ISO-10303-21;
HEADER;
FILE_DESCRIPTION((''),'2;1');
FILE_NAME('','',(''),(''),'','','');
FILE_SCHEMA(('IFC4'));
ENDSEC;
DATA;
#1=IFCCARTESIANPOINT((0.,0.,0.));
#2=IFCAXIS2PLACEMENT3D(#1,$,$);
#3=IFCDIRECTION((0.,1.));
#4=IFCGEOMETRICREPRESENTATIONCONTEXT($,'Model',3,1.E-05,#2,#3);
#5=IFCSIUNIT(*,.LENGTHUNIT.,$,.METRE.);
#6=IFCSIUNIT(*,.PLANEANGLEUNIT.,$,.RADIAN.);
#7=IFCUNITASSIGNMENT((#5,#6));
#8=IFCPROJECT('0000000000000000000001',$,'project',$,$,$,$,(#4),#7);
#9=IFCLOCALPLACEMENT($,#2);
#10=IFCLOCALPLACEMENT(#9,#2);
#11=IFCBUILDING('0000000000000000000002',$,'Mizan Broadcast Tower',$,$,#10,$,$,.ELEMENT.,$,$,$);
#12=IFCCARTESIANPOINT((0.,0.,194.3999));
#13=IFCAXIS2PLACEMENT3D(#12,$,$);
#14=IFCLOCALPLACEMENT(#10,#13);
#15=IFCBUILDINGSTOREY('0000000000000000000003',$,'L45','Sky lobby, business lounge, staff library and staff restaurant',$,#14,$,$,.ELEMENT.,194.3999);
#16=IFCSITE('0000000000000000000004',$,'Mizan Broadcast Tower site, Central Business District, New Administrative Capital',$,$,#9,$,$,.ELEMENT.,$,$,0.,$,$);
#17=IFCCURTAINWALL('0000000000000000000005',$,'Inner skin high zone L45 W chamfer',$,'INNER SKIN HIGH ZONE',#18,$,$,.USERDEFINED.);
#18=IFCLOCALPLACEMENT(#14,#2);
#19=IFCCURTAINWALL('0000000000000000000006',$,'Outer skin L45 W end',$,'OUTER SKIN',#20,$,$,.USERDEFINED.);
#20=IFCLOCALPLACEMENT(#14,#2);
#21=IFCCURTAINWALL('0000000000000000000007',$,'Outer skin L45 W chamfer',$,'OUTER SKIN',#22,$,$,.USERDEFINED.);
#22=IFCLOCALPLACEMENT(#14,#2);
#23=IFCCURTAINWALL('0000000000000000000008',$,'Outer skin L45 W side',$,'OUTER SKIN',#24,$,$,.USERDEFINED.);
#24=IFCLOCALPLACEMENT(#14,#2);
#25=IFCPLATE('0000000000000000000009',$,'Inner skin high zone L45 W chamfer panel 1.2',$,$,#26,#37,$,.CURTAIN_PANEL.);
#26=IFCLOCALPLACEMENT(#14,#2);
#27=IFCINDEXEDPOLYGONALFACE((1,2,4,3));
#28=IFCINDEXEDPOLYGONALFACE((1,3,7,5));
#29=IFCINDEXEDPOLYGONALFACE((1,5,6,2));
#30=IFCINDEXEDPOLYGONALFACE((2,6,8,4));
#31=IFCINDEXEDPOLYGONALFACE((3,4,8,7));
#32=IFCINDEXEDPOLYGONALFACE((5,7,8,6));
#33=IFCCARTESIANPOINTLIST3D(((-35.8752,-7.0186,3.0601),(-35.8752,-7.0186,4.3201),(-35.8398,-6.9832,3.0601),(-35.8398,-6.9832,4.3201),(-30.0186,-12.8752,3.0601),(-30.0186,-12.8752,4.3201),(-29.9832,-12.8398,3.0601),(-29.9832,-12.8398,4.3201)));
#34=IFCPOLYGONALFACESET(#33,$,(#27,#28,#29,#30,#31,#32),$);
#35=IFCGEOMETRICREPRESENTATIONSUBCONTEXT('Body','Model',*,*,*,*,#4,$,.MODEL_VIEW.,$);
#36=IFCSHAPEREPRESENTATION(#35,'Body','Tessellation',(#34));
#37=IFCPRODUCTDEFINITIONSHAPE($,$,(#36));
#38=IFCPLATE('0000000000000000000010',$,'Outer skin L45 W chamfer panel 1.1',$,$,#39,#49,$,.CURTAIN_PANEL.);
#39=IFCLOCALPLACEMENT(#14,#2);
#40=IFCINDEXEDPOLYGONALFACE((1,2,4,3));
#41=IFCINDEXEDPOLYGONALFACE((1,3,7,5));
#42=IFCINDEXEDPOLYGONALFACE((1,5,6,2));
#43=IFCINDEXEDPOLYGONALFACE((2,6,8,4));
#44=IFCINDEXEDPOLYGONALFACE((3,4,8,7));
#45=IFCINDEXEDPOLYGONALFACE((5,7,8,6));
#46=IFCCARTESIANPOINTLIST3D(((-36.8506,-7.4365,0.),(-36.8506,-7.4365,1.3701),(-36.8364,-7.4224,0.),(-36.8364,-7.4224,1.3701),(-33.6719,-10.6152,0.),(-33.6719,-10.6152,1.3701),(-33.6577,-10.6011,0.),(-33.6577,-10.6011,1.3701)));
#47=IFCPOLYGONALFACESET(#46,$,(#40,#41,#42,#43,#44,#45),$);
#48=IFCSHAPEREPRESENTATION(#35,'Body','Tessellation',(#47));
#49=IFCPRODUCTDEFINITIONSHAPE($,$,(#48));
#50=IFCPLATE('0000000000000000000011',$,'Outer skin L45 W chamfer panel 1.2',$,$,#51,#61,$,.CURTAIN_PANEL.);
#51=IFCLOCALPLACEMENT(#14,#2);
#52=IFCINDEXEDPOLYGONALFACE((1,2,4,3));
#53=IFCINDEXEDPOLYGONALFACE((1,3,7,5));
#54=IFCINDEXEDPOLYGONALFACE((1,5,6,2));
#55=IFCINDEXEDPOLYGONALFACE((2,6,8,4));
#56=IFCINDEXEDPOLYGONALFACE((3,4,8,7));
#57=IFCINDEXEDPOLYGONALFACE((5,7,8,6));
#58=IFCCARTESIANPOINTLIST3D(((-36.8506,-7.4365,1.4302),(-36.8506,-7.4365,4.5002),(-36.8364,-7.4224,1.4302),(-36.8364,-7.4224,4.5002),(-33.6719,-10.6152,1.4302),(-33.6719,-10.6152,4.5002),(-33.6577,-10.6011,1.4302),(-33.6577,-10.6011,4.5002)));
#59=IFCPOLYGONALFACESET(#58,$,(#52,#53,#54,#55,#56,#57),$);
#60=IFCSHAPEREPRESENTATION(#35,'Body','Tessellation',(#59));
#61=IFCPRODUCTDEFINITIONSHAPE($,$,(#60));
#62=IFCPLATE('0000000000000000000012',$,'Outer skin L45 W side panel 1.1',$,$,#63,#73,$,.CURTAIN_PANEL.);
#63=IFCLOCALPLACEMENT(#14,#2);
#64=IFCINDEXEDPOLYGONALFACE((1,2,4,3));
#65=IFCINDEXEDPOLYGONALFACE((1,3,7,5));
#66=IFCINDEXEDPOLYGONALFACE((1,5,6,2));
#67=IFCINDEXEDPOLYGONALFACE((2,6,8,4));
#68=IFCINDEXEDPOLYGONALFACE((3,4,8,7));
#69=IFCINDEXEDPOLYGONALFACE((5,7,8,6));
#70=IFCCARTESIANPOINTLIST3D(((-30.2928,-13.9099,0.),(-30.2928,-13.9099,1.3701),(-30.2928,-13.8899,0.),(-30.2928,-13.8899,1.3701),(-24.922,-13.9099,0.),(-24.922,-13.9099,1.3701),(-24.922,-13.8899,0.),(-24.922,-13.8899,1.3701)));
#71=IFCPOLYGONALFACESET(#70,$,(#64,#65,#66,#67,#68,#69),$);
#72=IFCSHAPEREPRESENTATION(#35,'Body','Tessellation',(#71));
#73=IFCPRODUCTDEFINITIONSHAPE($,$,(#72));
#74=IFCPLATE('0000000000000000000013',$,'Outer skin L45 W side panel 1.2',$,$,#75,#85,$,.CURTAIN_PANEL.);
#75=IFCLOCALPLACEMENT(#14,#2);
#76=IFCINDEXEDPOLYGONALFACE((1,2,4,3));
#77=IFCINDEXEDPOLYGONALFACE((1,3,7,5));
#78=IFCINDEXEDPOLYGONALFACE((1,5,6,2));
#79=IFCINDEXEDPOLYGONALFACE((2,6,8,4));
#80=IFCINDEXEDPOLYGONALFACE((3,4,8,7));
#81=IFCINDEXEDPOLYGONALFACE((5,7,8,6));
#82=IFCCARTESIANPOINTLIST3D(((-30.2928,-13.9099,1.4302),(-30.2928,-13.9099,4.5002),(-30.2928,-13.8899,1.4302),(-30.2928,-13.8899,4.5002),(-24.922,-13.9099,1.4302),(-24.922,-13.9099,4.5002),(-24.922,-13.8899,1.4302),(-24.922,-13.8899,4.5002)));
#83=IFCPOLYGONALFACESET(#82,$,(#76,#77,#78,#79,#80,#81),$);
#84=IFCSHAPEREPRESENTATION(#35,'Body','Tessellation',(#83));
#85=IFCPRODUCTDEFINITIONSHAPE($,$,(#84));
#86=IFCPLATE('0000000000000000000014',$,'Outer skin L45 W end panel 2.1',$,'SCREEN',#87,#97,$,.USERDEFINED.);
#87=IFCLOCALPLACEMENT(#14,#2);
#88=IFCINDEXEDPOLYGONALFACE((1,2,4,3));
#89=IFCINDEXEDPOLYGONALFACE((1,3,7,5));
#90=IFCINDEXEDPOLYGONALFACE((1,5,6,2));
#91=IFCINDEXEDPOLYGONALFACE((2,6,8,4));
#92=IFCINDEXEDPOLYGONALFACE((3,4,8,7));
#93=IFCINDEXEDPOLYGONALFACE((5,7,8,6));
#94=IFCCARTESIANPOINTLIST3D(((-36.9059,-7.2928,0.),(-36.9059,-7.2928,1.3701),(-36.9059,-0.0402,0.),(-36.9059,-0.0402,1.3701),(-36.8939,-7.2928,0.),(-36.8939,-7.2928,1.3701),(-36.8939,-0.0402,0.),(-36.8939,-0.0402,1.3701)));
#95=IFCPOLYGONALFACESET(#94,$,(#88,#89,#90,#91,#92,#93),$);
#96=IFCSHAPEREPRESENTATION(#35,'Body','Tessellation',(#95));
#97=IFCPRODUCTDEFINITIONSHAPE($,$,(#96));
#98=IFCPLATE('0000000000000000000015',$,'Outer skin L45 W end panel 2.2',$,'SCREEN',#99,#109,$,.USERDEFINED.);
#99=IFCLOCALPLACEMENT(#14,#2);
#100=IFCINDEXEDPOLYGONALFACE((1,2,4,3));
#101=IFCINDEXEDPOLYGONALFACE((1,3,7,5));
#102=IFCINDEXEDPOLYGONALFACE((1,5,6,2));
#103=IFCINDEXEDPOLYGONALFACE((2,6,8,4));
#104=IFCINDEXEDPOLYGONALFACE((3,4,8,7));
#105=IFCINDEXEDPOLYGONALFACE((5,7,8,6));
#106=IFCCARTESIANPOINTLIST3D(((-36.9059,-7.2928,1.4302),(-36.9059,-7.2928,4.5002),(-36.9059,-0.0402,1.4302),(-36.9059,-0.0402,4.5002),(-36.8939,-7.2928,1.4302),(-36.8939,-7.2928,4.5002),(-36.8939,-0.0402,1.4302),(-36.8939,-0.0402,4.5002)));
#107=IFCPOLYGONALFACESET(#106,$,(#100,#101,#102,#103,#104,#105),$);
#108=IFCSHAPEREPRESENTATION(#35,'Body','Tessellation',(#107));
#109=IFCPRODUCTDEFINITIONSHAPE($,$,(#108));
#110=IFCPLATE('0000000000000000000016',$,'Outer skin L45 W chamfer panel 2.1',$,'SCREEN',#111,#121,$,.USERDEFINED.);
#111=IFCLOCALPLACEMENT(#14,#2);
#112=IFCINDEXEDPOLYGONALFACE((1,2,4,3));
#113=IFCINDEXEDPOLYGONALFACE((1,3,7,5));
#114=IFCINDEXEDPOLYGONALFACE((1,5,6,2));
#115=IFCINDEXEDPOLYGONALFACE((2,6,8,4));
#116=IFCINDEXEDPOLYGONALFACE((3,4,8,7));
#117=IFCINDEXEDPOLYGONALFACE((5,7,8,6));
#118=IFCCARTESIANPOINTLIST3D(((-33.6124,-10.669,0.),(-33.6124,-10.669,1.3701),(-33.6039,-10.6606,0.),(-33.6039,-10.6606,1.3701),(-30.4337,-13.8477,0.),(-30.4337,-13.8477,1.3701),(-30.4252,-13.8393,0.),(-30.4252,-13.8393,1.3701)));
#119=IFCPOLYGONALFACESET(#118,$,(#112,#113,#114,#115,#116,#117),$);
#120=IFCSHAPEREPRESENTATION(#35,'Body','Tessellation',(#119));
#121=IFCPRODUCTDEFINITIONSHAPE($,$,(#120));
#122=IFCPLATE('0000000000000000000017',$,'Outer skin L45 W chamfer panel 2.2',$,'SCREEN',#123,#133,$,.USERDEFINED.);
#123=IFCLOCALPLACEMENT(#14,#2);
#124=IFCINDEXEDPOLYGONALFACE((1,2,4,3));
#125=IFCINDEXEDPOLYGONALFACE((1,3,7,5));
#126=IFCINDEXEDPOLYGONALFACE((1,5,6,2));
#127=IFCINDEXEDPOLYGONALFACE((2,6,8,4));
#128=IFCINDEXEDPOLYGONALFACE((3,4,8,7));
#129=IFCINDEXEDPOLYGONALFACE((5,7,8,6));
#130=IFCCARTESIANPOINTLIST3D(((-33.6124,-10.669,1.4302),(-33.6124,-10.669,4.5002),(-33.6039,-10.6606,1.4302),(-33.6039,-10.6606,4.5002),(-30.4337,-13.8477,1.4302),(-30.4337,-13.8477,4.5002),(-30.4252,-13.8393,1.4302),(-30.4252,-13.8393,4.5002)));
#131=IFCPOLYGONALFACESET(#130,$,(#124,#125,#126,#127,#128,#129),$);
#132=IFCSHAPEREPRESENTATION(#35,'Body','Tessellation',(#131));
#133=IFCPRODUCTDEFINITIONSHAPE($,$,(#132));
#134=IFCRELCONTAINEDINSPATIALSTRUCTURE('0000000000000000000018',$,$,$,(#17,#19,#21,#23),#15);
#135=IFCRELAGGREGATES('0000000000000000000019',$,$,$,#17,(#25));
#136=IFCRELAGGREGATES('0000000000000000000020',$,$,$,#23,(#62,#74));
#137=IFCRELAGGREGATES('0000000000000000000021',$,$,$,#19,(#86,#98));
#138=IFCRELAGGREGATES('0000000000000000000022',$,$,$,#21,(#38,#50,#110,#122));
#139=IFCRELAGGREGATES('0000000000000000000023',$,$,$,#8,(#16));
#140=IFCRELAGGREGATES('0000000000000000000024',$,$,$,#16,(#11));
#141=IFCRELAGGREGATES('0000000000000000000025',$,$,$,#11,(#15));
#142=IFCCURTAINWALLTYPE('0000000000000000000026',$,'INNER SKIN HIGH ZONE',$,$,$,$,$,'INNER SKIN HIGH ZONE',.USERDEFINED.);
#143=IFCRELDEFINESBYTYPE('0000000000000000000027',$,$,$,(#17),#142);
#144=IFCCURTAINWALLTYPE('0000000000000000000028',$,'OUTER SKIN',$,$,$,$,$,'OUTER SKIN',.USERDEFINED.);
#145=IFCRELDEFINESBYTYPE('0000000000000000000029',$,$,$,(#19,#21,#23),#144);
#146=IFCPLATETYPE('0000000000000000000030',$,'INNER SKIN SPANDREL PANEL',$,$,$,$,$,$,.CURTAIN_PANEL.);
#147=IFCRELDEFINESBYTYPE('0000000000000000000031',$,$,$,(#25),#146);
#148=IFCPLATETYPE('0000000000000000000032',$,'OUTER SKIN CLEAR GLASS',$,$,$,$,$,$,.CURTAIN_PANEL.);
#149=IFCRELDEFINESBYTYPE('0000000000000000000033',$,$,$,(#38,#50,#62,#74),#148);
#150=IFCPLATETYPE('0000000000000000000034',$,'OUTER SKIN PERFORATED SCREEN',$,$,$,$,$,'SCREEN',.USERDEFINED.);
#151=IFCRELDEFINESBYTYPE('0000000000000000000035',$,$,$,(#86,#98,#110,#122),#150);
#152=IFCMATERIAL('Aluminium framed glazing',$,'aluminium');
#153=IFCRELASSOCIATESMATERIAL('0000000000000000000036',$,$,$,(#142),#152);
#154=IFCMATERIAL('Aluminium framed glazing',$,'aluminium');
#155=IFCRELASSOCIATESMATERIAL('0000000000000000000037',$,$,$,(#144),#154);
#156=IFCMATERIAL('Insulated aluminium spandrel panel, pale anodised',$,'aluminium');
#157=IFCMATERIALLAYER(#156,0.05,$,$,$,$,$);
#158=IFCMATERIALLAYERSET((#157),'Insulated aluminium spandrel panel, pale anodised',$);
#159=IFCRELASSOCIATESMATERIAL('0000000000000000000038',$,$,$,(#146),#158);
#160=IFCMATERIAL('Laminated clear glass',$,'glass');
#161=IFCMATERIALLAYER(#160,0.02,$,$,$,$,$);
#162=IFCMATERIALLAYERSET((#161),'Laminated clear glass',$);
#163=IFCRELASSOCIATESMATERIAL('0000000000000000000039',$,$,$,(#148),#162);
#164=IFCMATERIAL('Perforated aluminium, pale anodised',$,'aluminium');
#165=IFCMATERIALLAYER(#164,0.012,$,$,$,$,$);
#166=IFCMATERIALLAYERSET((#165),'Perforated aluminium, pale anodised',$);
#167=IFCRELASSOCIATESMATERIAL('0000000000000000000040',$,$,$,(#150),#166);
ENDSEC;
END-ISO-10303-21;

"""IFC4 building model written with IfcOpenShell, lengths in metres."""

from ifc_helpers import new_model, si_unit, direction, frame, origin, origin_2d, place, context, subcontext, project, spatial, rectangle, extrude, material, layer, layer_set, type_object, element, aggregate, save


model = new_model("IFC4")

# Units and contexts
model_context = context("Model", 3, precision=1e-05, world=origin(), true_north=direction((0.0, 1.0)))
body_context = subcontext(model_context, "Body", "Model", "MODEL_VIEW")
ifc_project = project(units=[si_unit("LENGTHUNIT", "METRE"), si_unit("PLANEANGLEUNIT", "RADIAN")], contexts=[model_context])

# Site, building, storey
site_placement = place(None, origin())
site = spatial("IfcSite", under=ifc_project, at=site_placement, Name="Mizan Broadcast Tower site, Central Business District, New Administrative Capital", CompositionType="ELEMENT", RefElevation=0.0)
building_placement = place(site_placement, origin())
building = spatial("IfcBuilding", under=site, at=building_placement, Name="Mizan Broadcast Tower", CompositionType="ELEMENT")
storey_placement = place(building_placement, frame((0.0, 0.0, 194.3999)))
storey = spatial("IfcBuildingStorey", under=building, at=storey_placement, Name="L45", Description="Sky lobby, business lounge, staff library and staff restaurant", CompositionType="ELEMENT", Elevation=194.3999)

# Shared definitions
ifc_material_1 = material(Name="Aluminium framed glazing", Category="aluminium")
curtain_wall_type_1 = type_object("IfcCurtainWallType", Name="INNER SKIN HIGH ZONE", ElementType="INNER SKIN HIGH ZONE", PredefinedType="USERDEFINED", material=ifc_material_1)

# Curtain wall
curtain_wall_1_placement = place(storey_placement, origin())
curtain_wall_1 = element("IfcCurtainWall", 1, at=curtain_wall_1_placement, inside=storey, type_object=curtain_wall_type_1, Name="Inner skin high zone L45 W chamfer", ObjectType="INNER SKIN HIGH ZONE", PredefinedType="USERDEFINED")

# Curtain walls
ifc_material_2 = material(Name="Aluminium framed glazing", Category="aluminium")
curtain_wall_type_2 = type_object("IfcCurtainWallType", Name="OUTER SKIN", ElementType="OUTER SKIN", PredefinedType="USERDEFINED", material=ifc_material_2)
curtain_wall_2_placement = place(storey_placement, origin())
curtain_wall_2 = element("IfcCurtainWall", 2, at=curtain_wall_2_placement, inside=storey, type_object=curtain_wall_type_2, Name="Outer skin L45 W end", ObjectType="OUTER SKIN", PredefinedType="USERDEFINED")
curtain_wall_3_placement = place(storey_placement, origin())
curtain_wall_3 = element("IfcCurtainWall", 3, at=curtain_wall_3_placement, inside=storey, type_object=curtain_wall_type_2, Name="Outer skin L45 W chamfer", ObjectType="OUTER SKIN", PredefinedType="USERDEFINED")

# Curtain wall
curtain_wall_4_placement = place(storey_placement, origin())
curtain_wall_4 = element("IfcCurtainWall", 4, at=curtain_wall_4_placement, inside=storey, type_object=curtain_wall_type_2, Name="Outer skin L45 W side", ObjectType="OUTER SKIN", PredefinedType="USERDEFINED")

# Plates
ifc_material_3 = material(Name="Insulated aluminium spandrel panel, pale anodised", Category="aluminium")
ifc_layer_1 = layer(ifc_material_3, 0.05)
ifc_layer_set_1 = layer_set([ifc_layer_1], Name="Insulated aluminium spandrel panel, pale anodised")
plate_type_1 = type_object("IfcPlateType", Name="INNER SKIN SPANDREL PANEL", PredefinedType="CURTAIN_PANEL", material=ifc_layer_set_1)
plate_1_placement = place(storey_placement, frame((-32.9292, -9.9292, 3.0601), z_axis=(0.0, 0.0, 1.0), x_axis=(0.707107, -0.707107, 0.0)))
plate_1 = element("IfcPlate", 5, at=plate_1_placement, type_object=plate_type_1, Name="Inner skin high zone L45 W chamfer panel 1.2", PredefinedType="CURTAIN_PANEL", context=body_context, shape_type="SweptSolid", body=[
    extrude(rectangle(XDim=8.2825, YDim=0.05, at=origin_2d()), origin(), (0.0, 0.0, 1.0), 1.26),
])
aggregate(curtain_wall_1, [plate_1])
ifc_material_4 = material(Name="Laminated clear glass", Category="glass")
ifc_layer_2 = layer(ifc_material_4, 0.02)
ifc_layer_set_2 = layer_set([ifc_layer_2], Name="Laminated clear glass")
plate_type_2 = type_object("IfcPlateType", Name="OUTER SKIN CLEAR GLASS", PredefinedType="CURTAIN_PANEL", material=ifc_layer_set_2)
plate_2_placement = place(storey_placement, frame((-35.2542, -9.0188, 0.0), z_axis=(0.0, 0.0, 1.0), x_axis=(0.707107, -0.707107, 0.0)))
plate_2 = element("IfcPlate", 6, at=plate_2_placement, type_object=plate_type_2, Name="Outer skin L45 W chamfer panel 1.1", PredefinedType="CURTAIN_PANEL", context=body_context, shape_type="SweptSolid", body=[
    extrude(rectangle(XDim=4.4954, YDim=0.02, at=origin_2d()), origin(), (0.0, 0.0, 1.0), 1.3701),
])
plate_3_placement = place(storey_placement, frame((-35.2542, -9.0188, 1.4302), z_axis=(0.0, 0.0, 1.0), x_axis=(0.707107, -0.707107, 0.0)))
plate_3 = element("IfcPlate", 7, at=plate_3_placement, type_object=plate_type_2, Name="Outer skin L45 W chamfer panel 1.2", PredefinedType="CURTAIN_PANEL", context=body_context, shape_type="SweptSolid", body=[
    extrude(rectangle(XDim=4.4954, YDim=0.02, at=origin_2d()), origin(), (0.0, 0.0, 1.0), 3.0701),
])
plate_4_placement = place(storey_placement, frame((-27.6074, -13.8999, 0.0), z_axis=(0.0, 0.0, 1.0), x_axis=(1.0, 0.0, 0.0)))
plate_4 = element("IfcPlate", 8, at=plate_4_placement, type_object=plate_type_2, Name="Outer skin L45 W side panel 1.1", PredefinedType="CURTAIN_PANEL", context=body_context, shape_type="SweptSolid", body=[
    extrude(rectangle(XDim=5.3708, YDim=0.02, at=origin_2d()), origin(), (0.0, 0.0, 1.0), 1.3701),
])
plate_5_placement = place(storey_placement, frame((-27.6074, -13.8999, 1.4302), z_axis=(0.0, 0.0, 1.0), x_axis=(1.0, 0.0, 0.0)))
plate_5 = element("IfcPlate", 9, at=plate_5_placement, type_object=plate_type_2, Name="Outer skin L45 W side panel 1.2", PredefinedType="CURTAIN_PANEL", context=body_context, shape_type="SweptSolid", body=[
    extrude(rectangle(XDim=5.3708, YDim=0.02, at=origin_2d()), origin(), (0.0, 0.0, 1.0), 3.0701),
])
aggregate(curtain_wall_4, [plate_4, plate_5])
ifc_material_5 = material(Name="Perforated aluminium, pale anodised", Category="aluminium")
ifc_layer_3 = layer(ifc_material_5, 0.012)
ifc_layer_set_3 = layer_set([ifc_layer_3], Name="Perforated aluminium, pale anodised")
plate_type_3 = type_object("IfcPlateType", Name="OUTER SKIN PERFORATED SCREEN", ElementType="SCREEN", PredefinedType="USERDEFINED", material=ifc_layer_set_3)
plate_6_placement = place(storey_placement, frame((-36.8999, -3.6665, 0.0), z_axis=(0.0, 0.0, 1.0), x_axis=(0.0, -1.0, 0.0)))
plate_6 = element("IfcPlate", 10, at=plate_6_placement, type_object=plate_type_3, Name="Outer skin L45 W end panel 2.1", ObjectType="SCREEN", PredefinedType="USERDEFINED", context=body_context, shape_type="SweptSolid", body=[
    extrude(rectangle(XDim=7.2527, YDim=0.012, at=origin_2d()), origin(), (0.0, 0.0, 1.0), 1.3701),
])
plate_7_placement = place(storey_placement, frame((-36.8999, -3.6665, 1.4302), z_axis=(0.0, 0.0, 1.0), x_axis=(0.0, -1.0, 0.0)))
plate_7 = element("IfcPlate", 11, at=plate_7_placement, type_object=plate_type_3, Name="Outer skin L45 W end panel 2.2", ObjectType="SCREEN", PredefinedType="USERDEFINED", context=body_context, shape_type="SweptSolid", body=[
    extrude(rectangle(XDim=7.2527, YDim=0.012, at=origin_2d()), origin(), (0.0, 0.0, 1.0), 3.0701),
])
aggregate(curtain_wall_2, [plate_6, plate_7])
plate_8_placement = place(storey_placement, frame((-32.0188, -12.2542, 0.0), z_axis=(0.0, 0.0, 1.0), x_axis=(0.707107, -0.707107, 0.0)))
plate_8 = element("IfcPlate", 12, at=plate_8_placement, type_object=plate_type_3, Name="Outer skin L45 W chamfer panel 2.1", ObjectType="SCREEN", PredefinedType="USERDEFINED", context=body_context, shape_type="SweptSolid", body=[
    extrude(rectangle(XDim=4.4954, YDim=0.012, at=origin_2d()), origin(), (0.0, 0.0, 1.0), 1.3701),
])
plate_9_placement = place(storey_placement, frame((-32.0188, -12.2542, 1.4302), z_axis=(0.0, 0.0, 1.0), x_axis=(0.707107, -0.707107, 0.0)))
plate_9 = element("IfcPlate", 13, at=plate_9_placement, type_object=plate_type_3, Name="Outer skin L45 W chamfer panel 2.2", ObjectType="SCREEN", PredefinedType="USERDEFINED", context=body_context, shape_type="SweptSolid", body=[
    extrude(rectangle(XDim=4.4954, YDim=0.012, at=origin_2d()), origin(), (0.0, 0.0, 1.0), 3.0701),
])
aggregate(curtain_wall_3, [plate_2, plate_3, plate_8, plate_9])

save(model, "model.ifc")
